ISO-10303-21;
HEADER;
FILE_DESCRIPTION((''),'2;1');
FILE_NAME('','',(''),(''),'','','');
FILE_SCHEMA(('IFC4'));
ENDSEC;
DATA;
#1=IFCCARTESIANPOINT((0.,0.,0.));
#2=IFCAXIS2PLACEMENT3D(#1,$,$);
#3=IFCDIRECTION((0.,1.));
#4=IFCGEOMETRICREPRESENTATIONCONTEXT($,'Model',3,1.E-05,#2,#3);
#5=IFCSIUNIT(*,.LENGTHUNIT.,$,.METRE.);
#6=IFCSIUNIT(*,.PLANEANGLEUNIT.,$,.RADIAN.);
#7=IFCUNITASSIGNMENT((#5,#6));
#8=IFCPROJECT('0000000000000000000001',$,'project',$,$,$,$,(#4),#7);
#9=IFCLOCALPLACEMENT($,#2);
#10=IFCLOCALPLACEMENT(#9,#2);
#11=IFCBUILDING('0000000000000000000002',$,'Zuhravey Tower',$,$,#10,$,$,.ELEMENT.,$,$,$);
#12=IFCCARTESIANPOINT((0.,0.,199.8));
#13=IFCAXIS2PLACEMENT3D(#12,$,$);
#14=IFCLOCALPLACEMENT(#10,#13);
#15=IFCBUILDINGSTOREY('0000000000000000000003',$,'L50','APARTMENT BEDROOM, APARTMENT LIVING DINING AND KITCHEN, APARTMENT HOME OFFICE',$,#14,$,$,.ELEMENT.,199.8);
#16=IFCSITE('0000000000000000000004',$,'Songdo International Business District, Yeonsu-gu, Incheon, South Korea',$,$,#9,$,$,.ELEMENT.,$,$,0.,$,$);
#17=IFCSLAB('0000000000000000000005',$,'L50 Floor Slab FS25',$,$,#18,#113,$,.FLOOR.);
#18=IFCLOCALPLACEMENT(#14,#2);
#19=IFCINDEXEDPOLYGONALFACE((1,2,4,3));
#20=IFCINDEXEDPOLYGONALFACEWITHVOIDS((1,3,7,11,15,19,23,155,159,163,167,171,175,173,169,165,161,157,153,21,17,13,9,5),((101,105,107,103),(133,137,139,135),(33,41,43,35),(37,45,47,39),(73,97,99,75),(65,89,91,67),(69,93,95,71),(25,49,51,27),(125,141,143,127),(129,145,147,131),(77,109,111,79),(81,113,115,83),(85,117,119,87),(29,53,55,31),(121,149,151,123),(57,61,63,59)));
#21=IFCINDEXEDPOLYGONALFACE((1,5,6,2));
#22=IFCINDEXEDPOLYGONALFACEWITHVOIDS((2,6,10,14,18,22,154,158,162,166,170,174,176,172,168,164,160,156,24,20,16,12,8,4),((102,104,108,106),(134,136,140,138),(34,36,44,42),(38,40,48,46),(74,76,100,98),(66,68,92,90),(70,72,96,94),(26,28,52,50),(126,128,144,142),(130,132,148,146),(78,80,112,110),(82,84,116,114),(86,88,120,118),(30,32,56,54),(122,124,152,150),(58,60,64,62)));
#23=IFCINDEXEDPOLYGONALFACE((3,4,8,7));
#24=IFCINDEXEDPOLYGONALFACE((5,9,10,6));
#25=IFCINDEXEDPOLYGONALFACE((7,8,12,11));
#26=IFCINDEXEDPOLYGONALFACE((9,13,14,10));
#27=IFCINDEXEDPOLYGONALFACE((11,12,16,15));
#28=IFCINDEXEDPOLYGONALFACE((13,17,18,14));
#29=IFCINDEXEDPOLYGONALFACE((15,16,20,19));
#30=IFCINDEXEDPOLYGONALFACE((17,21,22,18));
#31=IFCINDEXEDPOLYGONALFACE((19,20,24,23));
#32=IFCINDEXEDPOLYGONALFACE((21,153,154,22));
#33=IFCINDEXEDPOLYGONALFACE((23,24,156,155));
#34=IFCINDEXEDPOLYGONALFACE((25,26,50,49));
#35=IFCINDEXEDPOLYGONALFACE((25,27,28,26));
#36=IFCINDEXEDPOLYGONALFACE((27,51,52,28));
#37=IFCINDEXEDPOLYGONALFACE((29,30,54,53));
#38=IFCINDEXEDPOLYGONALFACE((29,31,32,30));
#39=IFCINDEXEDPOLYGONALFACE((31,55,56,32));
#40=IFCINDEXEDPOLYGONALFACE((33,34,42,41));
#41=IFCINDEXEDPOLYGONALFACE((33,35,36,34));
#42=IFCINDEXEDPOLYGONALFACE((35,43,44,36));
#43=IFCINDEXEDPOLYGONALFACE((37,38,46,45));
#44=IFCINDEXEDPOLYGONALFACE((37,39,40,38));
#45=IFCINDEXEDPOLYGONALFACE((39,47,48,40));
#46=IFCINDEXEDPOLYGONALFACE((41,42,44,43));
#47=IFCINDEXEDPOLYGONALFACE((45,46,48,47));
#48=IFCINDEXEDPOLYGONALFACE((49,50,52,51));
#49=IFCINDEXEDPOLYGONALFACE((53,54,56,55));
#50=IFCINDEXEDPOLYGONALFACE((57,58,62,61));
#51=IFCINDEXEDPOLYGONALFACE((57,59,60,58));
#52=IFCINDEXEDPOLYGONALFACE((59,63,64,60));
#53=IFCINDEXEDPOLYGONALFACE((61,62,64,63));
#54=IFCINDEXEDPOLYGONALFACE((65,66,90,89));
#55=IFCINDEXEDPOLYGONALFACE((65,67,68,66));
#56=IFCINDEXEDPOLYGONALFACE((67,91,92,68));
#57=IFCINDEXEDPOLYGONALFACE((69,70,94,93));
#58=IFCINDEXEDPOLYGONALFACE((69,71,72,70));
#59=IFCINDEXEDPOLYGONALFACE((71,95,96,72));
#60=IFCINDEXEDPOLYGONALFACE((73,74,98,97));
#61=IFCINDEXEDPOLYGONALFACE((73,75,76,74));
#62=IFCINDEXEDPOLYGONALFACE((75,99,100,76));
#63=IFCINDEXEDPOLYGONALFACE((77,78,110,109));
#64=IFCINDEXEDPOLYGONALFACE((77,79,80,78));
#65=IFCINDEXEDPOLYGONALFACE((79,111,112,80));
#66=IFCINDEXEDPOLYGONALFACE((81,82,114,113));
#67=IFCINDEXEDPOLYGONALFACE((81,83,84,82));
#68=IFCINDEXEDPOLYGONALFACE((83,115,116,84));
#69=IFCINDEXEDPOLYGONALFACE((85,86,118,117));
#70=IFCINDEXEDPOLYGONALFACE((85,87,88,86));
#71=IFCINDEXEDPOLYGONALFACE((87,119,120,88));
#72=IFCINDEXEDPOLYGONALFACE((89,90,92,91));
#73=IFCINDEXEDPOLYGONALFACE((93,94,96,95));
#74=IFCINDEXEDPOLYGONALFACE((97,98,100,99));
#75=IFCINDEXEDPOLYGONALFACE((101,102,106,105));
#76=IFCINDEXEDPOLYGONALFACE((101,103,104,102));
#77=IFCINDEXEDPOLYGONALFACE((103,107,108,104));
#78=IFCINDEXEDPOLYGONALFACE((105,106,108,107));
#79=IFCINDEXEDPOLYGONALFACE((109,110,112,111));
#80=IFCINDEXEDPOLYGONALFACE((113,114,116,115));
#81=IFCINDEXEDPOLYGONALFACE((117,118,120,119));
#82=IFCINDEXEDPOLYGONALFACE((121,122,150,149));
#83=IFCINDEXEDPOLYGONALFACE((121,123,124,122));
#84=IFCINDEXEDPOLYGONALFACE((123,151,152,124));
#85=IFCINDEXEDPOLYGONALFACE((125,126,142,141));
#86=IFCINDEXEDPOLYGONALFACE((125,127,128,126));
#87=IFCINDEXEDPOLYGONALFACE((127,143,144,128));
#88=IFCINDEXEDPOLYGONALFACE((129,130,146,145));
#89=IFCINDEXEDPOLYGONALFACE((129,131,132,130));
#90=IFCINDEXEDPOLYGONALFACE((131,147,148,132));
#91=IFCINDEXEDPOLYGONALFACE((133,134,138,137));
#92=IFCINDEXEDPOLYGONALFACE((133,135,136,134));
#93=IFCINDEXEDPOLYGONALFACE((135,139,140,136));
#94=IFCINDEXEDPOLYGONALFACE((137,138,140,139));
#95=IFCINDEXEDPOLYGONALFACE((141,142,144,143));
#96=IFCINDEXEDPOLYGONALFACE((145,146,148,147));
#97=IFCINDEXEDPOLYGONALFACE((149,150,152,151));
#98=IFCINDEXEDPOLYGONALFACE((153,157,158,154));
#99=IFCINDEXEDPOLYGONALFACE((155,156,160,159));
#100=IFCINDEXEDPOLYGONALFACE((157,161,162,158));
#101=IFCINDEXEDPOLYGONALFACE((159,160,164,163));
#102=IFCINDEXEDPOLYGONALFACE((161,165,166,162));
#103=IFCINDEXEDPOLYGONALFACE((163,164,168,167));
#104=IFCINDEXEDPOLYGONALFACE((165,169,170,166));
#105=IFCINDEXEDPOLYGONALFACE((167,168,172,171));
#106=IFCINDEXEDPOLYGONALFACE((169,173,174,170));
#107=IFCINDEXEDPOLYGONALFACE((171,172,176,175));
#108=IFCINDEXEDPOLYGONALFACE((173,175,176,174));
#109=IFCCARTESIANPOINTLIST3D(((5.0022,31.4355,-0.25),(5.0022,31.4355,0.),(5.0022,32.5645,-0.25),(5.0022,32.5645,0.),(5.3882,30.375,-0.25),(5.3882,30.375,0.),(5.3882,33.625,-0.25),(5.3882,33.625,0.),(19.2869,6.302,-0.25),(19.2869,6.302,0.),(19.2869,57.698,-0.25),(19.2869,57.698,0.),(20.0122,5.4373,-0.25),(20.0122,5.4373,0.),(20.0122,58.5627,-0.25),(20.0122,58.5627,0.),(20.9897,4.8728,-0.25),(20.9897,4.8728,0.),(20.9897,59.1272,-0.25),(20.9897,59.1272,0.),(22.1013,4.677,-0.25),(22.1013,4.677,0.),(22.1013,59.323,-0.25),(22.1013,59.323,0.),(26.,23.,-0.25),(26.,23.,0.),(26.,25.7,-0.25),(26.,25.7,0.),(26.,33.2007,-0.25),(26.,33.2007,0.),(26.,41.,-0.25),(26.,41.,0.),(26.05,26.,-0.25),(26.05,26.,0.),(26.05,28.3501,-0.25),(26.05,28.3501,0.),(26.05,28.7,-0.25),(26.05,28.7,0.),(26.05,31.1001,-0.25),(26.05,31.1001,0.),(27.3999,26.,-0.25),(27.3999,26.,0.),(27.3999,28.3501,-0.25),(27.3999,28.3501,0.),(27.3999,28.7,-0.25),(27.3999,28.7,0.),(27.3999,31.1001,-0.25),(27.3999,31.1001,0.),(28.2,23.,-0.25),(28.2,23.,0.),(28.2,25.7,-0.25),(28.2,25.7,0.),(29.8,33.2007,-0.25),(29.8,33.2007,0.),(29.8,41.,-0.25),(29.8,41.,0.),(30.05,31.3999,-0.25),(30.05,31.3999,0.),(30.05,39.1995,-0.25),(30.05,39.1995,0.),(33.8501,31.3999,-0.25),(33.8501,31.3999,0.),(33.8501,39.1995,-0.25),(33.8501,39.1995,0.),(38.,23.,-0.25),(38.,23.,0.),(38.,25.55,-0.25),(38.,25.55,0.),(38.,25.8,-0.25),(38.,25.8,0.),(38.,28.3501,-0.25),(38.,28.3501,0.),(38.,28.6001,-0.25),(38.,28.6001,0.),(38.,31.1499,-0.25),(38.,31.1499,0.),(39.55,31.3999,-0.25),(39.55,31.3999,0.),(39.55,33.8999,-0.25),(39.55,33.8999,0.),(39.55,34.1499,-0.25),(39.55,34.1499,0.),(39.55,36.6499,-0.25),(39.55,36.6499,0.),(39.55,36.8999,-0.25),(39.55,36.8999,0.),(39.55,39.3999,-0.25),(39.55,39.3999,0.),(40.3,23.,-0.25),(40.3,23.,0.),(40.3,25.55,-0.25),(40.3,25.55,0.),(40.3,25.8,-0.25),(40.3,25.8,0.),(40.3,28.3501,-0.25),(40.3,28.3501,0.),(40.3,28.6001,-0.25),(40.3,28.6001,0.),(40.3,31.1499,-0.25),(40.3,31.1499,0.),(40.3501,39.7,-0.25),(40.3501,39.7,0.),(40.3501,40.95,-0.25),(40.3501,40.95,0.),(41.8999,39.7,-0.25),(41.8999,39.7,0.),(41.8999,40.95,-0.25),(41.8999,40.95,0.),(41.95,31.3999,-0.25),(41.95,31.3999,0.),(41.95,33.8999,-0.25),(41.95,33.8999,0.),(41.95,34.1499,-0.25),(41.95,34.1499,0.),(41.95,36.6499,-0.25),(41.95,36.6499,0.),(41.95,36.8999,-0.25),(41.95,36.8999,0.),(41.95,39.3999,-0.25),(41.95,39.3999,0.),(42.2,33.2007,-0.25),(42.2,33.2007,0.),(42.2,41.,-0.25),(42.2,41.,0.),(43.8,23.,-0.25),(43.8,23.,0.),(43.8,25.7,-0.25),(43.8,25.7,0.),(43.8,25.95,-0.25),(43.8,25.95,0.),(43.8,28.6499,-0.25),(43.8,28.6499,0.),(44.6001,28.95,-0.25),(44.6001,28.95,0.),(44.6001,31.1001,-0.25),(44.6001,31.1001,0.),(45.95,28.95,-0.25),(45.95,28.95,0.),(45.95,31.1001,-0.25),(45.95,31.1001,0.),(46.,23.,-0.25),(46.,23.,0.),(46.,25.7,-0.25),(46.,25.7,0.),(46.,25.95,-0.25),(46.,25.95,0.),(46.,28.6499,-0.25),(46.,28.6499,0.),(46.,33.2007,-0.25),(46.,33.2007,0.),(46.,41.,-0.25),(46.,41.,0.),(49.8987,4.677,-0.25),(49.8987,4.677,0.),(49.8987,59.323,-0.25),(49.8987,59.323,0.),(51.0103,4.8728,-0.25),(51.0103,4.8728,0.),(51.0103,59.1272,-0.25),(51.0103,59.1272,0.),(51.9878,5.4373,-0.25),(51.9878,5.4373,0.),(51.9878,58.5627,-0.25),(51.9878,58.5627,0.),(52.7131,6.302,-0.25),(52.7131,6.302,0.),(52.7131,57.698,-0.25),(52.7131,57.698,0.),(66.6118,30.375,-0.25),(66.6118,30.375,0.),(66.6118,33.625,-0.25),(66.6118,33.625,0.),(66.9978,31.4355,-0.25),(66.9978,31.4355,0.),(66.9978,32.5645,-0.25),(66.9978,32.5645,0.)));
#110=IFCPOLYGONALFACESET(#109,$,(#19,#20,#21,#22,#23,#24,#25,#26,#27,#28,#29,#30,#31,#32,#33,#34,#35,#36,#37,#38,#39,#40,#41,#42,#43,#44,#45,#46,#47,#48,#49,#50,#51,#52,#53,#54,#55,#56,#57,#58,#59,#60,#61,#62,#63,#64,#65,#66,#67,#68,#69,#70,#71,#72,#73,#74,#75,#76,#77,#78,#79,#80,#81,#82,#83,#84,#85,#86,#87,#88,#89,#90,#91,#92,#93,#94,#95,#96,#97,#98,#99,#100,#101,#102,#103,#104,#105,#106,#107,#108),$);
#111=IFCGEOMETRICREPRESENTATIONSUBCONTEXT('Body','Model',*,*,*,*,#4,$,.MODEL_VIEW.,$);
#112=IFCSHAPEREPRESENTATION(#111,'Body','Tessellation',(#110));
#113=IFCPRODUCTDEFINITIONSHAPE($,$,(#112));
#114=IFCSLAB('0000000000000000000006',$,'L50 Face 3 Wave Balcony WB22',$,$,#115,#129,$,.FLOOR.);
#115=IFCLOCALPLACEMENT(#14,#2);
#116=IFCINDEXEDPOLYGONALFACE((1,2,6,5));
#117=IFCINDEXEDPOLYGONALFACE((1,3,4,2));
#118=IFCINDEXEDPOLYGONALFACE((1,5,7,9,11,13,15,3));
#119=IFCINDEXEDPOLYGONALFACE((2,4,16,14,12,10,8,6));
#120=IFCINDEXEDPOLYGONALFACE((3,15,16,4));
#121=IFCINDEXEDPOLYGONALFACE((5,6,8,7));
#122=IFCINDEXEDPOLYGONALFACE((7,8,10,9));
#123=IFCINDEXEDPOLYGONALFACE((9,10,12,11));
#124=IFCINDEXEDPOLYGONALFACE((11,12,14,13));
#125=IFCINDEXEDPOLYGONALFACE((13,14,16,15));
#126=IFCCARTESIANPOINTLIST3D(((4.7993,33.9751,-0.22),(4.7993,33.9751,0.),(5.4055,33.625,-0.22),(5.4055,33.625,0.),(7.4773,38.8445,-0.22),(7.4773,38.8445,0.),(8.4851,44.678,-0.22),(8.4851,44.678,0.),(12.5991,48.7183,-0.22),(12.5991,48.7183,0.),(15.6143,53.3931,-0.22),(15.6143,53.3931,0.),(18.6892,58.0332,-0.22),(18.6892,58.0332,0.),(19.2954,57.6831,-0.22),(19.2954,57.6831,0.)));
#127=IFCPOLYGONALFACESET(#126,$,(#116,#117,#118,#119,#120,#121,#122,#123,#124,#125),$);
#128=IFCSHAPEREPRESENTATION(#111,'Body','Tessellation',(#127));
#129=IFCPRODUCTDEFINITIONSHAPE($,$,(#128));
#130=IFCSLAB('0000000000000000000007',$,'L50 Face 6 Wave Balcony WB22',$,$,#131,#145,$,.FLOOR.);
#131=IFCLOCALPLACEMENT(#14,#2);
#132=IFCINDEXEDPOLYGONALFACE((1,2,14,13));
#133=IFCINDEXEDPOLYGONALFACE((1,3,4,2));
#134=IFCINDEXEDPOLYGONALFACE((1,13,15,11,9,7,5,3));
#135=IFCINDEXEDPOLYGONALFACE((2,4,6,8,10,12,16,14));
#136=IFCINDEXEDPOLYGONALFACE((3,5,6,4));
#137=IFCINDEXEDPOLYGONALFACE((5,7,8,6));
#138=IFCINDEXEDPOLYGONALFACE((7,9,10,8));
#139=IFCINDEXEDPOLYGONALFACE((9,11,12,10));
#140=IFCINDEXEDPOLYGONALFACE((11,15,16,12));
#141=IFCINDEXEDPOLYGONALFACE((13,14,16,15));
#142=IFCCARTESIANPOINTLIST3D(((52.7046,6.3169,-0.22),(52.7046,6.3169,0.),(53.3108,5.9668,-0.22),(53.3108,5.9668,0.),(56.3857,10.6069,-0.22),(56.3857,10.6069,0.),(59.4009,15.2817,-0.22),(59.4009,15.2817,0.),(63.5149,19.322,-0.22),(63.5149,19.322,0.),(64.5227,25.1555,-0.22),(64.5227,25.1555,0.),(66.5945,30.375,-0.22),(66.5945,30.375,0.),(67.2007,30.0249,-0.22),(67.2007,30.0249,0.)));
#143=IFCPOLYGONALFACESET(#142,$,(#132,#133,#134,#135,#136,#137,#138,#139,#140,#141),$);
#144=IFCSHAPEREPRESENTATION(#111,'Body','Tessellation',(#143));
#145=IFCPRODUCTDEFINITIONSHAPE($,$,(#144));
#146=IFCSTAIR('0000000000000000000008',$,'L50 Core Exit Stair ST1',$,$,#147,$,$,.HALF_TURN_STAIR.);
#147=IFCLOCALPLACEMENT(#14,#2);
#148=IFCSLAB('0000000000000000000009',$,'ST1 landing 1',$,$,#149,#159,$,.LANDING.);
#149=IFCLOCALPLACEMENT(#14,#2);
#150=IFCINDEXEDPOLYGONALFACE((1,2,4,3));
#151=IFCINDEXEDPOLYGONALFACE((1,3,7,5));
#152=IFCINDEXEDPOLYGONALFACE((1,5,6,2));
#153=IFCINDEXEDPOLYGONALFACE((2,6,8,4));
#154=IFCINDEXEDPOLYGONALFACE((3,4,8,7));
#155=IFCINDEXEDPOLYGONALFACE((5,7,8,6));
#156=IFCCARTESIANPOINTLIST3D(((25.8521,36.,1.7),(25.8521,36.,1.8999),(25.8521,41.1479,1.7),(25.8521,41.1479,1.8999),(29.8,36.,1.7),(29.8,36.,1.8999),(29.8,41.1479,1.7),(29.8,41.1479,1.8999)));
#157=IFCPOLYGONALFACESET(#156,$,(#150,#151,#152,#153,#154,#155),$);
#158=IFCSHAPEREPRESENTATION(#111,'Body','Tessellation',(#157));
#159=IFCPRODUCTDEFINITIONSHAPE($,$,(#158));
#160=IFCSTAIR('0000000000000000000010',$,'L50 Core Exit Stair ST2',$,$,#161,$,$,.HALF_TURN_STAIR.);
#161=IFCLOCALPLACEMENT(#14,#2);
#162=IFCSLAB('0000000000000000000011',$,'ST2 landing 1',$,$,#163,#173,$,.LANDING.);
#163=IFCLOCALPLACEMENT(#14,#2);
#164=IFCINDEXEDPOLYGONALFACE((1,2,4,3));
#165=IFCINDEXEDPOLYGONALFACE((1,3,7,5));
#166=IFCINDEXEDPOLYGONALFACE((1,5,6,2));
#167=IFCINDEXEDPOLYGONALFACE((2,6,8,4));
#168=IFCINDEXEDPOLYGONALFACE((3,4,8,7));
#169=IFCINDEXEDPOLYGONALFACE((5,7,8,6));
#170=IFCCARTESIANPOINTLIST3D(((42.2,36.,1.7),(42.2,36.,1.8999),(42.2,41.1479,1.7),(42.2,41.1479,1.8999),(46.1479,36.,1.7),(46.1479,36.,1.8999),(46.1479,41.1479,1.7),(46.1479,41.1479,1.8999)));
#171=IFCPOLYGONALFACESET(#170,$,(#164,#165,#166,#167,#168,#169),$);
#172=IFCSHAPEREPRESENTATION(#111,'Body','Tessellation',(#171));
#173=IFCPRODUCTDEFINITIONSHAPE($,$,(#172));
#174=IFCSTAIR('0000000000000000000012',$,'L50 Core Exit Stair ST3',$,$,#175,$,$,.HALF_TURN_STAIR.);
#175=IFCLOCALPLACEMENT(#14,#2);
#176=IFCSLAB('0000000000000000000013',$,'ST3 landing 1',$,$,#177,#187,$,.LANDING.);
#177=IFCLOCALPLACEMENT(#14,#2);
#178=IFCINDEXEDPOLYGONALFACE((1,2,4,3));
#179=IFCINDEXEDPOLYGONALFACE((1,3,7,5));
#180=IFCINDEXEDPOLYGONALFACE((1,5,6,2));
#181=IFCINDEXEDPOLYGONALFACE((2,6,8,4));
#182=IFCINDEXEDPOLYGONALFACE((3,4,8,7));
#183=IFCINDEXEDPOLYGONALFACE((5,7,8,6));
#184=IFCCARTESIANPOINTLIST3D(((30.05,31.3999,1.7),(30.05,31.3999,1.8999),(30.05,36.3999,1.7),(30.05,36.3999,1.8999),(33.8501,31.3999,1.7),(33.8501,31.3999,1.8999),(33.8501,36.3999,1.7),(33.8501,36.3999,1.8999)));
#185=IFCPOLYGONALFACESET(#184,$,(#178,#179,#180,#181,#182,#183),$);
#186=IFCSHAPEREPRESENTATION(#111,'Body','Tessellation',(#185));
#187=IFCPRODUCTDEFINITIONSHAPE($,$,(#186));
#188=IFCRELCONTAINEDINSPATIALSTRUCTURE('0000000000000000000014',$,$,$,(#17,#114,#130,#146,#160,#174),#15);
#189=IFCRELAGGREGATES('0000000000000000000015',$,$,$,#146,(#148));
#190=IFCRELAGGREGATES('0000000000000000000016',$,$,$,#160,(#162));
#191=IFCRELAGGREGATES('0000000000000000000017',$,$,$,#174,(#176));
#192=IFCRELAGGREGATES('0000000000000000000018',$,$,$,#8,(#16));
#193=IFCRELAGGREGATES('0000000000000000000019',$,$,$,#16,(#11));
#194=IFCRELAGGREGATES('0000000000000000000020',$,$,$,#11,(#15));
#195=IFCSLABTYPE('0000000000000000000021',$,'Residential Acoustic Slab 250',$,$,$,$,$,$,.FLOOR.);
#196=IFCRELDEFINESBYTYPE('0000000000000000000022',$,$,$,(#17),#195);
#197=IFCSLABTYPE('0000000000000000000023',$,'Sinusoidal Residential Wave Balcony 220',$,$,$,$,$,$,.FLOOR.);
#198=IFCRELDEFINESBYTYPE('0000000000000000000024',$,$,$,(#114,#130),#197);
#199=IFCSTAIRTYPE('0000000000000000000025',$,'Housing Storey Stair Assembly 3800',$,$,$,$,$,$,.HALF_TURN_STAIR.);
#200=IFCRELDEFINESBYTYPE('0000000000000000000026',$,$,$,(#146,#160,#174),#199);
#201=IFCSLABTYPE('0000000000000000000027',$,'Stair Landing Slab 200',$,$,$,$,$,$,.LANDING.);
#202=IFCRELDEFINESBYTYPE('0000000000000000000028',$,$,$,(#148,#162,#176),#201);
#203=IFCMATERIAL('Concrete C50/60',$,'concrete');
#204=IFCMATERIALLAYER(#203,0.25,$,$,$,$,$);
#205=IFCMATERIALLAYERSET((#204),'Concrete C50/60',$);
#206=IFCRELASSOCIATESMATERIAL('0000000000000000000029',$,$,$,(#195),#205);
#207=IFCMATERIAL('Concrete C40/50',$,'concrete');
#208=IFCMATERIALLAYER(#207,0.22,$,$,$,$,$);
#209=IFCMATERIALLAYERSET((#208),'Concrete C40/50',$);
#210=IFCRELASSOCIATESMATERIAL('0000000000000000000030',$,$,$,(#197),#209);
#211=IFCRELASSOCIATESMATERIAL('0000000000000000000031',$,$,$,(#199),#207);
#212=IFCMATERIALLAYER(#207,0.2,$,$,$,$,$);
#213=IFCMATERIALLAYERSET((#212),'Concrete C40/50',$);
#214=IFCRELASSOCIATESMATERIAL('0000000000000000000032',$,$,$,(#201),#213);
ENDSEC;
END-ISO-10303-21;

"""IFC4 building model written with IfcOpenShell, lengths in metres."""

from ifc_helpers import new_model, si_unit, direction, frame, origin, place, context, subcontext, project, spatial, polyline, outline, extrude, material, layer, layer_set, type_object, element, aggregate, save


model = new_model("IFC4")

# Units and contexts
model_context = context("Model", 3, precision=1e-05, world=origin(), true_north=direction((0.0, 1.0)))
body_context = subcontext(model_context, "Body", "Model", "MODEL_VIEW")
ifc_project = project(units=[si_unit("LENGTHUNIT", "METRE"), si_unit("PLANEANGLEUNIT", "RADIAN")], contexts=[model_context])

# Site, building, storey
site_placement = place(None, origin())
site = spatial("IfcSite", under=ifc_project, at=site_placement, Name="Songdo International Business District, Yeonsu-gu, Incheon, South Korea", CompositionType="ELEMENT", RefElevation=0.0)
building_placement = place(site_placement, origin())
building = spatial("IfcBuilding", under=site, at=building_placement, Name="Zuhravey Tower", CompositionType="ELEMENT")
storey_placement = place(building_placement, frame((0.0, 0.0, 199.8)))
storey = spatial("IfcBuildingStorey", under=building, at=storey_placement, Name="L50", Description="APARTMENT BEDROOM, APARTMENT LIVING DINING AND KITCHEN, APARTMENT HOME OFFICE", CompositionType="ELEMENT", Elevation=199.8)

# Shared definitions
ifc_material_1 = material(Name="Concrete C50/60", Category="concrete")

# Slabs
ifc_layer_1 = layer(ifc_material_1, 0.25)
ifc_layer_set_1 = layer_set([ifc_layer_1], Name="Concrete C50/60")
slab_type_1 = type_object("IfcSlabType", Name="Residential Acoustic Slab 250", PredefinedType="FLOOR", material=ifc_layer_set_1)
slab_1_placement = place(storey_placement, frame((0.0, 0.0, -0.25)))
element("IfcSlab", 1, at=slab_1_placement, inside=storey, type_object=slab_type_1, Name="L50 Floor Slab FS25", PredefinedType="FLOOR", context=body_context, shape_type="SweptSolid", body=[
    extrude(outline(polyline([(66.6118, 30.375), (66.9978, 31.4355), (66.9978, 32.5645), (66.6118, 33.625), (52.7131, 57.698), (51.9878, 58.5627), (51.0103, 59.1272), (49.8987, 59.323), (22.1013, 59.323), (20.9897, 59.1272), (20.0122, 58.5627), (19.2869, 57.698), (5.3882, 33.625), (5.0022, 32.5645), (5.0022, 31.4355), (5.3882, 30.375), (19.2869, 6.302), (20.0122, 5.4373), (20.9897, 4.8728), (22.1013, 4.677), (49.8987, 4.677), (51.0103, 4.8728), (51.9878, 5.4373), (52.7131, 6.302), (66.6118, 30.375)]), holes=[polyline([(29.8, 33.2007), (29.8, 41.0), (26.0, 41.0), (26.0, 33.2007), (29.8, 33.2007)]), polyline([(46.0, 33.2007), (46.0, 41.0), (42.2, 41.0), (42.2, 33.2007), (46.0, 33.2007)]), polyline([(30.05, 39.1995), (30.05, 31.3999), (33.8501, 31.3999), (33.8501, 39.1995), (30.05, 39.1995)]), polyline([(38.0, 23.0), (40.3, 23.0), (40.3, 25.55), (38.0, 25.55), (38.0, 23.0)]), polyline([(38.0, 25.8), (40.3, 25.8), (40.3, 28.3501), (38.0, 28.3501), (38.0, 25.8)]), polyline([(38.0, 28.6001), (40.3, 28.6001), (40.3, 31.1499), (38.0, 31.1499), (38.0, 28.6001)]), polyline([(39.55, 31.3999), (41.95, 31.3999), (41.95, 33.8999), (39.55, 33.8999), (39.55, 31.3999)]), polyline([(39.55, 34.1499), (41.95, 34.1499), (41.95, 36.6499), (39.55, 36.6499), (39.55, 34.1499)]), polyline([(39.55, 36.8999), (41.95, 36.8999), (41.95, 39.3999), (39.55, 39.3999), (39.55, 36.8999)]), polyline([(26.0, 23.0), (28.2, 23.0), (28.2, 25.7), (26.0, 25.7), (26.0, 23.0)]), polyline([(43.8, 23.0), (46.0, 23.0), (46.0, 25.7), (43.8, 25.7), (43.8, 23.0)]), polyline([(43.8, 25.95), (46.0, 25.95), (46.0, 28.6499), (43.8, 28.6499), (43.8, 25.95)]), polyline([(26.05, 26.0), (27.3999, 26.0), (27.3999, 28.3501), (26.05, 28.3501), (26.05, 26.0)]), polyline([(26.05, 28.7), (27.3999, 28.7), (27.3999, 31.1001), (26.05, 31.1001), (26.05, 28.7)]), polyline([(44.6001, 28.95), (45.95, 28.95), (45.95, 31.1001), (44.6001, 31.1001), (44.6001, 28.95)]), polyline([(40.3501, 39.7), (41.8999, 39.7), (41.8999, 40.95), (40.3501, 40.95), (40.3501, 39.7)])]), origin(), (0.0, 0.0, 1.0), 0.25),
])
ifc_material_2 = material(Name="Concrete C40/50", Category="concrete")
ifc_layer_2 = layer(ifc_material_2, 0.22)
ifc_layer_set_2 = layer_set([ifc_layer_2], Name="Concrete C40/50")
slab_type_2 = type_object("IfcSlabType", Name="Sinusoidal Residential Wave Balcony 220", PredefinedType="FLOOR", material=ifc_layer_set_2)
slab_2_placement = place(storey_placement, frame((0.0, 0.0, -0.22)))
element("IfcSlab", 2, at=slab_2_placement, inside=storey, type_object=slab_type_2, Name="L50 Face 3 Wave Balcony WB22", PredefinedType="FLOOR", context=body_context, shape_type="SweptSolid", body=[
    extrude(outline(polyline([(19.2954, 57.6831), (5.4055, 33.625), (4.7993, 33.9751), (7.4773, 38.8445), (8.4851, 44.678), (12.5991, 48.7183), (15.6143, 53.3931), (18.6892, 58.0332), (19.2954, 57.6831)])), origin(), (0.0, 0.0, 1.0), 0.22),
])
slab_3_placement = place(storey_placement, frame((0.0, 0.0, -0.22)))
element("IfcSlab", 3, at=slab_3_placement, inside=storey, type_object=slab_type_2, Name="L50 Face 6 Wave Balcony WB22", PredefinedType="FLOOR", context=body_context, shape_type="SweptSolid", body=[
    extrude(outline(polyline([(52.7046, 6.3169), (66.5945, 30.375), (67.2007, 30.0249), (64.5227, 25.1555), (63.5149, 19.322), (59.4009, 15.2817), (56.3857, 10.6069), (53.3108, 5.9668), (52.7046, 6.3169)])), origin(), (0.0, 0.0, 1.0), 0.22),
])

# Stairs, slabs
stair_type = type_object("IfcStairType", Name="Housing Storey Stair Assembly 3800", PredefinedType="HALF_TURN_STAIR", material=ifc_material_2)
stair_1_placement = place(storey_placement, origin())
stair_1 = element("IfcStair", 4, at=stair_1_placement, inside=storey, type_object=stair_type, Name="L50 Core Exit Stair ST1", PredefinedType="HALF_TURN_STAIR")
ifc_layer_3 = layer(ifc_material_2, 0.2)
ifc_layer_set_3 = layer_set([ifc_layer_3], Name="Concrete C40/50")
slab_type_3 = type_object("IfcSlabType", Name="Stair Landing Slab 200", PredefinedType="LANDING", material=ifc_layer_set_3)
slab_4_placement = place(storey_placement, frame((0.0, 0.0, 1.7)))
slab_4 = element("IfcSlab", 5, at=slab_4_placement, type_object=slab_type_3, Name="ST1 landing 1", PredefinedType="LANDING", context=body_context, shape_type="SweptSolid", body=[
    extrude(outline(polyline([(29.8, 36.0), (29.8, 41.1479), (25.8521, 41.1479), (25.8521, 36.0), (29.8, 36.0)])), origin(), (0.0, 0.0, 1.0), 0.2),
])
aggregate(stair_1, [slab_4])
stair_2_placement = place(storey_placement, origin())
stair_2 = element("IfcStair", 6, at=stair_2_placement, inside=storey, type_object=stair_type, Name="L50 Core Exit Stair ST2", PredefinedType="HALF_TURN_STAIR")
slab_5_placement = place(storey_placement, frame((0.0, 0.0, 1.7)))
slab_5 = element("IfcSlab", 7, at=slab_5_placement, type_object=slab_type_3, Name="ST2 landing 1", PredefinedType="LANDING", context=body_context, shape_type="SweptSolid", body=[
    extrude(outline(polyline([(46.1479, 36.0), (46.1479, 41.1479), (42.2, 41.1479), (42.2, 36.0), (46.1479, 36.0)])), origin(), (0.0, 0.0, 1.0), 0.2),
])
aggregate(stair_2, [slab_5])
stair_3_placement = place(storey_placement, origin())
stair_3 = element("IfcStair", 8, at=stair_3_placement, inside=storey, type_object=stair_type, Name="L50 Core Exit Stair ST3", PredefinedType="HALF_TURN_STAIR")
slab_6_placement = place(storey_placement, frame((0.0, 0.0, 1.7)))
slab_6 = element("IfcSlab", 9, at=slab_6_placement, type_object=slab_type_3, Name="ST3 landing 1", PredefinedType="LANDING", context=body_context, shape_type="SweptSolid", body=[
    extrude(outline(polyline([(30.05, 36.3999), (30.05, 31.3999), (33.8501, 31.3999), (33.8501, 36.3999), (30.05, 36.3999)])), origin(), (0.0, 0.0, 1.0), 0.2),
])
aggregate(stair_3, [slab_6])

save(model, "model.ifc")
